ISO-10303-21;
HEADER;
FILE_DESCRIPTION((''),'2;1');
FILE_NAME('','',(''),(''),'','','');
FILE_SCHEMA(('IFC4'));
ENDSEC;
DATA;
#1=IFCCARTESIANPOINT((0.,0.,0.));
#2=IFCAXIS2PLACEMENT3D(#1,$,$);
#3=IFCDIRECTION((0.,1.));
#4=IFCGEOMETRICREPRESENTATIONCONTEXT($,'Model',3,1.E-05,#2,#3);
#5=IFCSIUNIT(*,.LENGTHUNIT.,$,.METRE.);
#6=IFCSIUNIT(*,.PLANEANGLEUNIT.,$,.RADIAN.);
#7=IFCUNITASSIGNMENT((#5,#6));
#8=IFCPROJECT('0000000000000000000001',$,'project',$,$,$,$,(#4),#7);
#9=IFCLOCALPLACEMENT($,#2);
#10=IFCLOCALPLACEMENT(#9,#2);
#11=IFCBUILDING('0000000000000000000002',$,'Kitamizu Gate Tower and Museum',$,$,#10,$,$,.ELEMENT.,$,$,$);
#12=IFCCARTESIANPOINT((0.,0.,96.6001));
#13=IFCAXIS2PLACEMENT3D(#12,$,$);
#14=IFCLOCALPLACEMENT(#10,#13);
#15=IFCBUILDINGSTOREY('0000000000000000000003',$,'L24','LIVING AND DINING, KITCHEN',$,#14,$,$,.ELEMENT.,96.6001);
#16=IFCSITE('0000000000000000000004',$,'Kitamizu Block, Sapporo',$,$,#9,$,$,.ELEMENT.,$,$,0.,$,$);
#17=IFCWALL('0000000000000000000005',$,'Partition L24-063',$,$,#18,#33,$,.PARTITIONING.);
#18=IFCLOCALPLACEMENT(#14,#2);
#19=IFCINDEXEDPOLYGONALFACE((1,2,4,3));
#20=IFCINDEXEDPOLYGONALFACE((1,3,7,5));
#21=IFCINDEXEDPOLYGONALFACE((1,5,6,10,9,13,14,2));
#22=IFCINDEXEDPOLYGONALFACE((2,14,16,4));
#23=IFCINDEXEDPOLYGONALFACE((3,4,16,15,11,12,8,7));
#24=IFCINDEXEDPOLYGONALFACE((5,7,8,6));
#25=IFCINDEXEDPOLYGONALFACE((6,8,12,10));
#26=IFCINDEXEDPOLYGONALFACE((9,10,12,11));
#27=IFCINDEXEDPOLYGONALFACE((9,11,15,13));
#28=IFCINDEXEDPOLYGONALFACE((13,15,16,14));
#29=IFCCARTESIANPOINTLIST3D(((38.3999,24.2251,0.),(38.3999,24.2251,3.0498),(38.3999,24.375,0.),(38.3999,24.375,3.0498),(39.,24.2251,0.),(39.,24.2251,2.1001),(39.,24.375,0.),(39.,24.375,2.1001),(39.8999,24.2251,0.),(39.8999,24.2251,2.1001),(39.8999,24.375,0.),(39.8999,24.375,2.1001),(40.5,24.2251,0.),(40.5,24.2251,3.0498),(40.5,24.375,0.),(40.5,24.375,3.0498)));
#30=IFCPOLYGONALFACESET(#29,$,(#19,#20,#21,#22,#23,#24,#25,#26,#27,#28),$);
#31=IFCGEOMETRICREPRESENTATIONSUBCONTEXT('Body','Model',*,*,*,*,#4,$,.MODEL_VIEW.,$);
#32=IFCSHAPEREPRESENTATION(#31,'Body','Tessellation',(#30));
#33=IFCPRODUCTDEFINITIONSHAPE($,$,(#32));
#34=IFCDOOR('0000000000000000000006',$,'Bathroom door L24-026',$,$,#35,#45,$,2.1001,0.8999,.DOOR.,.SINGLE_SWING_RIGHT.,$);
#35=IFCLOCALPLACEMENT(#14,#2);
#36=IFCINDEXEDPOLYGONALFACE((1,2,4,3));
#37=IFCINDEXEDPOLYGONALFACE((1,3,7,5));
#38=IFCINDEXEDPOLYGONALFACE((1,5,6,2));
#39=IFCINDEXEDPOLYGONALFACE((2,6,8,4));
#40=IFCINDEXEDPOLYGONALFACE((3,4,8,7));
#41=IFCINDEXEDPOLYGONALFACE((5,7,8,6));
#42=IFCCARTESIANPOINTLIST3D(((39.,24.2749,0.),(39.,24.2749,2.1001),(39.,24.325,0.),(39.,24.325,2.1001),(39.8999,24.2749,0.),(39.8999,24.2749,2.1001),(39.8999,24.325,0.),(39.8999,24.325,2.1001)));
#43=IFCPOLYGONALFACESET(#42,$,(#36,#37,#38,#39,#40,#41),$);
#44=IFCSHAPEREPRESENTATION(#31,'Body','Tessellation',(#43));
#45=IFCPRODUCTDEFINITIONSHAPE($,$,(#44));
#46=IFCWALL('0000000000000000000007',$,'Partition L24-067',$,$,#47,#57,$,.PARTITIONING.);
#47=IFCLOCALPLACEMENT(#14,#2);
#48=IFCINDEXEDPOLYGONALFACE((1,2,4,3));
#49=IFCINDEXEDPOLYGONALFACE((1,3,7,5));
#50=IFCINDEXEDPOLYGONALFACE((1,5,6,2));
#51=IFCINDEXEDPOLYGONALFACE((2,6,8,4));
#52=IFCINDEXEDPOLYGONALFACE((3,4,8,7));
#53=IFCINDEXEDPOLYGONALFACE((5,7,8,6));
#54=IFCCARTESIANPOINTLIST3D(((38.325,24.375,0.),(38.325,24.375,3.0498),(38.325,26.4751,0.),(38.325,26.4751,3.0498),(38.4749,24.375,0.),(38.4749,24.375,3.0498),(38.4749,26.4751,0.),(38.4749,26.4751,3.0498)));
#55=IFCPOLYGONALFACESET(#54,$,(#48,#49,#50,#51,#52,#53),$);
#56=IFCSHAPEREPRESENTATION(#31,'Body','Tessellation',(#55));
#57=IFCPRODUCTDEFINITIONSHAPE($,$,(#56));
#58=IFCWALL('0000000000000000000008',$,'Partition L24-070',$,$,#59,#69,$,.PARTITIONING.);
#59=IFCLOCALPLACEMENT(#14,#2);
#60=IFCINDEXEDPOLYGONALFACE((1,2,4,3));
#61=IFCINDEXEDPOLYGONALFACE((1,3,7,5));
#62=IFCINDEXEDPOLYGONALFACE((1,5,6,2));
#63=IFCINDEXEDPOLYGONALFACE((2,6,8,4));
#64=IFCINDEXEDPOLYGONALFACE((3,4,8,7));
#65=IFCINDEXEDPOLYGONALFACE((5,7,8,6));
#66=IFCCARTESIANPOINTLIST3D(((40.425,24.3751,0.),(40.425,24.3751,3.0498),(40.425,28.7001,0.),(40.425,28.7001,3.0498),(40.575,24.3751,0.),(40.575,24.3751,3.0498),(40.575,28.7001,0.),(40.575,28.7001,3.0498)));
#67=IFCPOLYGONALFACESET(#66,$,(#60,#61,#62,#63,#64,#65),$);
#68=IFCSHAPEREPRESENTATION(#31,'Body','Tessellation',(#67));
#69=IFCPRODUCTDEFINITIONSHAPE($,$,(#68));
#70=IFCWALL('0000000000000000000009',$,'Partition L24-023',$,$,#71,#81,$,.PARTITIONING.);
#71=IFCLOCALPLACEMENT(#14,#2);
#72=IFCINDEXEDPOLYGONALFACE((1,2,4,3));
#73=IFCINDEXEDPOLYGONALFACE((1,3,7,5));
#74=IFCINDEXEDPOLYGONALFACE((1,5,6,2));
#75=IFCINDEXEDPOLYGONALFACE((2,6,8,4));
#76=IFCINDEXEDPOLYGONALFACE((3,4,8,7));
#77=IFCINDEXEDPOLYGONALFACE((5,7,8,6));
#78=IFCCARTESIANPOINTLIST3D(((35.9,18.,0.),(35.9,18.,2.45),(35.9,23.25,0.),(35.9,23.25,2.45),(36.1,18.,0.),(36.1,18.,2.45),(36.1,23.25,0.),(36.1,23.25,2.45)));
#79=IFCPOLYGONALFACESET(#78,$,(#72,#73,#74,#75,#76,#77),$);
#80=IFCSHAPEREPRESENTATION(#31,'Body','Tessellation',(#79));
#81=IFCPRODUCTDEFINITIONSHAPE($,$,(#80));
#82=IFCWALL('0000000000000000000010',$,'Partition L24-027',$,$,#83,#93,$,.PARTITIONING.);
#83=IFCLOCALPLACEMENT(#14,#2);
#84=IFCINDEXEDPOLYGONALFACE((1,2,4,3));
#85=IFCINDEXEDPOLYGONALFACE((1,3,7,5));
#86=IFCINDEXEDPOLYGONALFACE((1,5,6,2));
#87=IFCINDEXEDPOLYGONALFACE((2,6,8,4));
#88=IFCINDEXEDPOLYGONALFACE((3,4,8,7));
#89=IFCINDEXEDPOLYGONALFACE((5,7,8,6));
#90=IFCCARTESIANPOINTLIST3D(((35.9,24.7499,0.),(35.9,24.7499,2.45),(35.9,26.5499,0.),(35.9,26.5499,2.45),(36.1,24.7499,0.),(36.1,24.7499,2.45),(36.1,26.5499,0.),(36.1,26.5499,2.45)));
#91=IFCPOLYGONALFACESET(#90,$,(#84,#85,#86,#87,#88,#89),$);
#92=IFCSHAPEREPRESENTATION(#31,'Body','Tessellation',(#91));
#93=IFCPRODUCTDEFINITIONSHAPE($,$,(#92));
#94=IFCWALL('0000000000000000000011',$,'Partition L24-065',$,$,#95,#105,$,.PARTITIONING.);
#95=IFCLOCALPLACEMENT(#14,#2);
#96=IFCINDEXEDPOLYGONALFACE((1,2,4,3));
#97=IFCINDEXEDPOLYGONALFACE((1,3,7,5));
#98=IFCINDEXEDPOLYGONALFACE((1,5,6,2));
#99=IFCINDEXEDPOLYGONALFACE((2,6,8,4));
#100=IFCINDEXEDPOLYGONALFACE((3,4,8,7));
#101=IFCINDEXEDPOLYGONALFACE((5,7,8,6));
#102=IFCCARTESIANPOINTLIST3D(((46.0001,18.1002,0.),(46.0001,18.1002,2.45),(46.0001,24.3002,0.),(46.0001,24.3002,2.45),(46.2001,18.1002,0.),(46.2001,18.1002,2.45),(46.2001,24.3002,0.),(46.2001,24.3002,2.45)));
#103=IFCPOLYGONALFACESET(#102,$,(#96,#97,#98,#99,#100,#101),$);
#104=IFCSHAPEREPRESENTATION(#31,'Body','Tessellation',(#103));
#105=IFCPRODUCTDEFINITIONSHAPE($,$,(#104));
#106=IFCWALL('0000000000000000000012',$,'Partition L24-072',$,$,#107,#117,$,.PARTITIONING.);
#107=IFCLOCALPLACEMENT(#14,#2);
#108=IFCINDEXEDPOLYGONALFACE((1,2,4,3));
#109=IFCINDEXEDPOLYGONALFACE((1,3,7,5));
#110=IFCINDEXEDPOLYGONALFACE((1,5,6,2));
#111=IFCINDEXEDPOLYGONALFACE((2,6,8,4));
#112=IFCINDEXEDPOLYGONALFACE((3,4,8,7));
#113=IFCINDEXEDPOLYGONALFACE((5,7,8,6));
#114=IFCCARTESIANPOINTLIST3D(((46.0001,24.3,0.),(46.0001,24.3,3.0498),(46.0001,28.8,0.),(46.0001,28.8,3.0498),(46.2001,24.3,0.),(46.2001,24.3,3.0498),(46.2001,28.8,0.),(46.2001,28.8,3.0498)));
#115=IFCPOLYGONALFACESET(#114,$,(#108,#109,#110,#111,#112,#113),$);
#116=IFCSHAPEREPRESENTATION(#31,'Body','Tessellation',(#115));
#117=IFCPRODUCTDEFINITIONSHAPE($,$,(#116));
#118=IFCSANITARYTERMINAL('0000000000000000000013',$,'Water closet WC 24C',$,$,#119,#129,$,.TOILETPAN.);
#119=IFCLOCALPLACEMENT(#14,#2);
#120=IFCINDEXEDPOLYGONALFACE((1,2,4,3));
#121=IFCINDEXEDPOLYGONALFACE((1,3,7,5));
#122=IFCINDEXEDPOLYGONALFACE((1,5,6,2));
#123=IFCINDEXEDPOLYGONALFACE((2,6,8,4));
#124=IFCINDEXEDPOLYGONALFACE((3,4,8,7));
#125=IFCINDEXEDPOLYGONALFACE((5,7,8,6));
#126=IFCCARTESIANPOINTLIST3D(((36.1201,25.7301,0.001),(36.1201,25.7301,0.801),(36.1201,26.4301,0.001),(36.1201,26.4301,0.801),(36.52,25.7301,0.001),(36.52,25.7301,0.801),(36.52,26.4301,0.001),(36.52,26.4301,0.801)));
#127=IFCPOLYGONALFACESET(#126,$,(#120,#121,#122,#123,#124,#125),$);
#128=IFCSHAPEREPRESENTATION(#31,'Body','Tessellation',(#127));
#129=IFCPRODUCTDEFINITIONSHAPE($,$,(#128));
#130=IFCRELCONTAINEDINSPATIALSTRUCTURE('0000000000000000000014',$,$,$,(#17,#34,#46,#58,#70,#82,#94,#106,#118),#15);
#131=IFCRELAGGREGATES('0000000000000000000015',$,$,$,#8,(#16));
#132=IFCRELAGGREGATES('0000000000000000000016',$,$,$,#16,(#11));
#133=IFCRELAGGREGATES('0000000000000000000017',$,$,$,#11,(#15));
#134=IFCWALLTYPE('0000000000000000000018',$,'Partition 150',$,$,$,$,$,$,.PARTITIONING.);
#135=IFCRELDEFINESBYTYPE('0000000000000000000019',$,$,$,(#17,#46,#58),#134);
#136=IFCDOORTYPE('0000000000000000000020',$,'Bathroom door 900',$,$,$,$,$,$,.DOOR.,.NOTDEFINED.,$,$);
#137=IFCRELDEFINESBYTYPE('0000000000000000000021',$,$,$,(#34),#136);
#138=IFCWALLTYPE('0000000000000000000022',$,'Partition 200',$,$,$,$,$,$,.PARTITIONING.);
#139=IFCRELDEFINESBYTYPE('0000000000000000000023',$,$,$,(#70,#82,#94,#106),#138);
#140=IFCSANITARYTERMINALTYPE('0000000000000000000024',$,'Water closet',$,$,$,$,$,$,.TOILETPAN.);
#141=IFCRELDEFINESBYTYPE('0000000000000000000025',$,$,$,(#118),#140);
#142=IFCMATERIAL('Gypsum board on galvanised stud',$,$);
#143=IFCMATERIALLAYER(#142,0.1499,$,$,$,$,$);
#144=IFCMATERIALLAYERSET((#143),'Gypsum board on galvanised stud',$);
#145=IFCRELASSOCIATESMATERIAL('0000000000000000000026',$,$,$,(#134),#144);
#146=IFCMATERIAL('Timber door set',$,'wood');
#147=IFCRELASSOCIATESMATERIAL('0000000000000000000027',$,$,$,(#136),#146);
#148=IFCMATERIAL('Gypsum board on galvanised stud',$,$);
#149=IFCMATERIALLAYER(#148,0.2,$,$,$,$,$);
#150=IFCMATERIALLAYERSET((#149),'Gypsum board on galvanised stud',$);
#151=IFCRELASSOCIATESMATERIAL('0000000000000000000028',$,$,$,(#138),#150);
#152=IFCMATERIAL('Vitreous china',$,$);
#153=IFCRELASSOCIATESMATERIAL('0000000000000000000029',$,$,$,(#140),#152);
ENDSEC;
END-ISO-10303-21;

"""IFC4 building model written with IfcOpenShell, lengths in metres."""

from ifc_helpers import new_model, si_unit, direction, frame, frame_2d, origin, origin_2d, place, context, subcontext, project, spatial, rectangle, extrude, material, layer, layer_set, type_object, element, fill, save


model = new_model("IFC4")

# Units and contexts
model_context = context("Model", 3, precision=1e-05, world=origin(), true_north=direction((0.0, 1.0)))
body_context = subcontext(model_context, "Body", "Model", "MODEL_VIEW")
ifc_project = project(units=[si_unit("LENGTHUNIT", "METRE"), si_unit("PLANEANGLEUNIT", "RADIAN")], contexts=[model_context])

# Site, building, storey
site_placement = place(None, origin())
site = spatial("IfcSite", under=ifc_project, at=site_placement, Name="Kitamizu Block, Sapporo", CompositionType="ELEMENT", RefElevation=0.0)
building_placement = place(site_placement, origin())
building = spatial("IfcBuilding", under=site, at=building_placement, Name="Kitamizu Gate Tower and Museum", CompositionType="ELEMENT")
storey_placement = place(building_placement, frame((0.0, 0.0, 96.6001)))
storey = spatial("IfcBuildingStorey", under=building, at=storey_placement, Name="L24", Description="LIVING AND DINING, KITCHEN", CompositionType="ELEMENT", Elevation=96.6001)

# Shared definitions
ifc_material_1 = material(Name="Gypsum board on galvanised stud")
ifc_layer_1 = layer(ifc_material_1, 0.1499)
ifc_layer_set_1 = layer_set([ifc_layer_1], Name="Gypsum board on galvanised stud")
wall_type_1 = type_object("IfcWallType", Name="Partition 150", PredefinedType="PARTITIONING", material=ifc_layer_set_1)

# Wall, opening, door
ifc_material_2 = material(Name="Timber door set", Category="wood")
door_type_1 = type_object("IfcDoorType", Name="Bathroom door 900", OperationType="NOTDEFINED", PredefinedType="DOOR", material=ifc_material_2)
wall_1_placement = place(storey_placement, frame((40.5, 24.3, 0.0), z_axis=(0.0, 0.0, 1.0), x_axis=(-1.0, 0.0, 0.0)))
wall_1 = element("IfcWall", 1, at=wall_1_placement, inside=storey, type_object=wall_type_1, Name="Partition L24-063", PredefinedType="PARTITIONING", context=body_context, shape_type="SweptSolid", body=[
    extrude(rectangle(XDim=2.1001, YDim=0.1499, at=frame_2d((1.05, 0.0))), origin(), (0.0, 0.0, 1.0), 3.0498),
])
opening_1_placement = place(wall_1_placement, frame((0.6001, 0.0, 0.0)))
opening_1 = element("IfcOpeningElement", 2, at=opening_1_placement, cuts=wall_1, PredefinedType="OPENING", context=body_context, shape_type="SweptSolid", body=[
    extrude(rectangle(XDim=0.8999, YDim=2.1001, at=frame_2d((0.45, 1.05))), frame((0.0, 0.085, 0.0), z_axis=(0.0, -1.0, 0.0), x_axis=(1.0, 0.0, 0.0)), (0.0, 0.0, 1.0), 0.1699),
])
door_1_placement = place(opening_1_placement, frame((0.8999, 0.0, 0.0), x_axis=(-1.0, 0.0, 0.0)))
door_1 = element("IfcDoor", 3, at=door_1_placement, inside=storey, type_object=door_type_1, Name="Bathroom door L24-026", OperationType="SINGLE_SWING_RIGHT", OverallHeight=2.1001, OverallWidth=0.8999, PredefinedType="DOOR", context=body_context, shape_type="SweptSolid", body=[
    extrude(rectangle(XDim=0.8999, YDim=2.1001, at=frame_2d((0.45, 1.05))), frame((0.0, 0.0249, 0.0), z_axis=(0.0, -1.0, 0.0), x_axis=(1.0, 0.0, 0.0)), (0.0, 0.0, 1.0), 0.05),
])
fill(opening_1, door_1)

# Walls
wall_2_placement = place(storey_placement, frame((38.3999, 24.375, 0.0), z_axis=(0.0, 0.0, 1.0), x_axis=(0.0, 1.0, 0.0)))
element("IfcWall", 4, at=wall_2_placement, inside=storey, type_object=wall_type_1, Name="Partition L24-067", PredefinedType="PARTITIONING", context=body_context, shape_type="SweptSolid", body=[
    extrude(rectangle(XDim=2.1001, YDim=0.1499, at=frame_2d((1.05, 0.0))), origin(), (0.0, 0.0, 1.0), 3.0498),
])
wall_3_placement = place(storey_placement, frame((40.5, 24.375, 0.0), z_axis=(0.0, 0.0, 1.0), x_axis=(0.0, 1.0, 0.0)))
element("IfcWall", 5, at=wall_3_placement, inside=storey, type_object=wall_type_1, Name="Partition L24-070", PredefinedType="PARTITIONING", context=body_context, shape_type="SweptSolid", body=[
    extrude(rectangle(XDim=4.325, YDim=0.1499, at=frame_2d((2.1626, 0.0))), origin(), (0.0, 0.0, 1.0), 3.0498),
])
ifc_material_3 = material(Name="Gypsum board on galvanised stud")
ifc_layer_2 = layer(ifc_material_3, 0.2)
ifc_layer_set_2 = layer_set([ifc_layer_2], Name="Gypsum board on galvanised stud")
wall_type_2 = type_object("IfcWallType", Name="Partition 200", PredefinedType="PARTITIONING", material=ifc_layer_set_2)
wall_4_placement = place(storey_placement, frame((36.0, 18.0, 0.0), z_axis=(0.0, 0.0, 1.0), x_axis=(0.0, 1.0, 0.0)))
element("IfcWall", 6, at=wall_4_placement, inside=storey, type_object=wall_type_2, Name="Partition L24-023", PredefinedType="PARTITIONING", context=body_context, shape_type="SweptSolid", body=[
    extrude(rectangle(XDim=5.25, YDim=0.2, at=frame_2d((2.625, 0.0))), origin(), (0.0, 0.0, 1.0), 2.45),
])
wall_5_placement = place(storey_placement, frame((36.0, 24.75, 0.0), z_axis=(0.0, 0.0, 1.0), x_axis=(0.0, 1.0, 0.0)))
element("IfcWall", 7, at=wall_5_placement, inside=storey, type_object=wall_type_2, Name="Partition L24-027", PredefinedType="PARTITIONING", context=body_context, shape_type="SweptSolid", body=[
    extrude(rectangle(XDim=1.8, YDim=0.2, at=frame_2d((0.8999, 0.0))), origin(), (0.0, 0.0, 1.0), 2.45),
])
wall_6_placement = place(storey_placement, frame((46.1001, 18.1001, 0.0), z_axis=(0.0, 0.0, 1.0), x_axis=(0.0, 1.0, 0.0)))
element("IfcWall", 8, at=wall_6_placement, inside=storey, type_object=wall_type_2, Name="Partition L24-065", PredefinedType="PARTITIONING", context=body_context, shape_type="SweptSolid", body=[
    extrude(rectangle(XDim=6.2, YDim=0.2, at=frame_2d((3.1001, 0.0))), origin(), (0.0, 0.0, 1.0), 2.45),
])
wall_7_placement = place(storey_placement, frame((46.1001, 24.3, 0.0), z_axis=(0.0, 0.0, 1.0), x_axis=(0.0, 1.0, 0.0)))
element("IfcWall", 9, at=wall_7_placement, inside=storey, type_object=wall_type_2, Name="Partition L24-072", PredefinedType="PARTITIONING", context=body_context, shape_type="SweptSolid", body=[
    extrude(rectangle(XDim=4.5, YDim=0.2, at=frame_2d((2.25, 0.0))), origin(), (0.0, 0.0, 1.0), 3.0498),
])

# Sanitary terminal
ifc_material_4 = material(Name="Vitreous china")
sanitary_terminal_type = type_object("IfcSanitaryTerminalType", Name="Water closet", PredefinedType="TOILETPAN", material=ifc_material_4)
sanitary_terminal_placement = place(storey_placement, frame((36.3201, 26.0801, 0.001), z_axis=(0.0, 0.0, 1.0), x_axis=(1.0, 0.0, 0.0)))
element("IfcSanitaryTerminal", 10, at=sanitary_terminal_placement, inside=storey, type_object=sanitary_terminal_type, Name="Water closet WC 24C", PredefinedType="TOILETPAN", context=body_context, shape_type="SweptSolid", body=[
    extrude(rectangle(XDim=0.3999, YDim=0.7, at=origin_2d()), origin(), (0.0, 0.0, 1.0), 0.8),
])

save(model, "model.ifc")
